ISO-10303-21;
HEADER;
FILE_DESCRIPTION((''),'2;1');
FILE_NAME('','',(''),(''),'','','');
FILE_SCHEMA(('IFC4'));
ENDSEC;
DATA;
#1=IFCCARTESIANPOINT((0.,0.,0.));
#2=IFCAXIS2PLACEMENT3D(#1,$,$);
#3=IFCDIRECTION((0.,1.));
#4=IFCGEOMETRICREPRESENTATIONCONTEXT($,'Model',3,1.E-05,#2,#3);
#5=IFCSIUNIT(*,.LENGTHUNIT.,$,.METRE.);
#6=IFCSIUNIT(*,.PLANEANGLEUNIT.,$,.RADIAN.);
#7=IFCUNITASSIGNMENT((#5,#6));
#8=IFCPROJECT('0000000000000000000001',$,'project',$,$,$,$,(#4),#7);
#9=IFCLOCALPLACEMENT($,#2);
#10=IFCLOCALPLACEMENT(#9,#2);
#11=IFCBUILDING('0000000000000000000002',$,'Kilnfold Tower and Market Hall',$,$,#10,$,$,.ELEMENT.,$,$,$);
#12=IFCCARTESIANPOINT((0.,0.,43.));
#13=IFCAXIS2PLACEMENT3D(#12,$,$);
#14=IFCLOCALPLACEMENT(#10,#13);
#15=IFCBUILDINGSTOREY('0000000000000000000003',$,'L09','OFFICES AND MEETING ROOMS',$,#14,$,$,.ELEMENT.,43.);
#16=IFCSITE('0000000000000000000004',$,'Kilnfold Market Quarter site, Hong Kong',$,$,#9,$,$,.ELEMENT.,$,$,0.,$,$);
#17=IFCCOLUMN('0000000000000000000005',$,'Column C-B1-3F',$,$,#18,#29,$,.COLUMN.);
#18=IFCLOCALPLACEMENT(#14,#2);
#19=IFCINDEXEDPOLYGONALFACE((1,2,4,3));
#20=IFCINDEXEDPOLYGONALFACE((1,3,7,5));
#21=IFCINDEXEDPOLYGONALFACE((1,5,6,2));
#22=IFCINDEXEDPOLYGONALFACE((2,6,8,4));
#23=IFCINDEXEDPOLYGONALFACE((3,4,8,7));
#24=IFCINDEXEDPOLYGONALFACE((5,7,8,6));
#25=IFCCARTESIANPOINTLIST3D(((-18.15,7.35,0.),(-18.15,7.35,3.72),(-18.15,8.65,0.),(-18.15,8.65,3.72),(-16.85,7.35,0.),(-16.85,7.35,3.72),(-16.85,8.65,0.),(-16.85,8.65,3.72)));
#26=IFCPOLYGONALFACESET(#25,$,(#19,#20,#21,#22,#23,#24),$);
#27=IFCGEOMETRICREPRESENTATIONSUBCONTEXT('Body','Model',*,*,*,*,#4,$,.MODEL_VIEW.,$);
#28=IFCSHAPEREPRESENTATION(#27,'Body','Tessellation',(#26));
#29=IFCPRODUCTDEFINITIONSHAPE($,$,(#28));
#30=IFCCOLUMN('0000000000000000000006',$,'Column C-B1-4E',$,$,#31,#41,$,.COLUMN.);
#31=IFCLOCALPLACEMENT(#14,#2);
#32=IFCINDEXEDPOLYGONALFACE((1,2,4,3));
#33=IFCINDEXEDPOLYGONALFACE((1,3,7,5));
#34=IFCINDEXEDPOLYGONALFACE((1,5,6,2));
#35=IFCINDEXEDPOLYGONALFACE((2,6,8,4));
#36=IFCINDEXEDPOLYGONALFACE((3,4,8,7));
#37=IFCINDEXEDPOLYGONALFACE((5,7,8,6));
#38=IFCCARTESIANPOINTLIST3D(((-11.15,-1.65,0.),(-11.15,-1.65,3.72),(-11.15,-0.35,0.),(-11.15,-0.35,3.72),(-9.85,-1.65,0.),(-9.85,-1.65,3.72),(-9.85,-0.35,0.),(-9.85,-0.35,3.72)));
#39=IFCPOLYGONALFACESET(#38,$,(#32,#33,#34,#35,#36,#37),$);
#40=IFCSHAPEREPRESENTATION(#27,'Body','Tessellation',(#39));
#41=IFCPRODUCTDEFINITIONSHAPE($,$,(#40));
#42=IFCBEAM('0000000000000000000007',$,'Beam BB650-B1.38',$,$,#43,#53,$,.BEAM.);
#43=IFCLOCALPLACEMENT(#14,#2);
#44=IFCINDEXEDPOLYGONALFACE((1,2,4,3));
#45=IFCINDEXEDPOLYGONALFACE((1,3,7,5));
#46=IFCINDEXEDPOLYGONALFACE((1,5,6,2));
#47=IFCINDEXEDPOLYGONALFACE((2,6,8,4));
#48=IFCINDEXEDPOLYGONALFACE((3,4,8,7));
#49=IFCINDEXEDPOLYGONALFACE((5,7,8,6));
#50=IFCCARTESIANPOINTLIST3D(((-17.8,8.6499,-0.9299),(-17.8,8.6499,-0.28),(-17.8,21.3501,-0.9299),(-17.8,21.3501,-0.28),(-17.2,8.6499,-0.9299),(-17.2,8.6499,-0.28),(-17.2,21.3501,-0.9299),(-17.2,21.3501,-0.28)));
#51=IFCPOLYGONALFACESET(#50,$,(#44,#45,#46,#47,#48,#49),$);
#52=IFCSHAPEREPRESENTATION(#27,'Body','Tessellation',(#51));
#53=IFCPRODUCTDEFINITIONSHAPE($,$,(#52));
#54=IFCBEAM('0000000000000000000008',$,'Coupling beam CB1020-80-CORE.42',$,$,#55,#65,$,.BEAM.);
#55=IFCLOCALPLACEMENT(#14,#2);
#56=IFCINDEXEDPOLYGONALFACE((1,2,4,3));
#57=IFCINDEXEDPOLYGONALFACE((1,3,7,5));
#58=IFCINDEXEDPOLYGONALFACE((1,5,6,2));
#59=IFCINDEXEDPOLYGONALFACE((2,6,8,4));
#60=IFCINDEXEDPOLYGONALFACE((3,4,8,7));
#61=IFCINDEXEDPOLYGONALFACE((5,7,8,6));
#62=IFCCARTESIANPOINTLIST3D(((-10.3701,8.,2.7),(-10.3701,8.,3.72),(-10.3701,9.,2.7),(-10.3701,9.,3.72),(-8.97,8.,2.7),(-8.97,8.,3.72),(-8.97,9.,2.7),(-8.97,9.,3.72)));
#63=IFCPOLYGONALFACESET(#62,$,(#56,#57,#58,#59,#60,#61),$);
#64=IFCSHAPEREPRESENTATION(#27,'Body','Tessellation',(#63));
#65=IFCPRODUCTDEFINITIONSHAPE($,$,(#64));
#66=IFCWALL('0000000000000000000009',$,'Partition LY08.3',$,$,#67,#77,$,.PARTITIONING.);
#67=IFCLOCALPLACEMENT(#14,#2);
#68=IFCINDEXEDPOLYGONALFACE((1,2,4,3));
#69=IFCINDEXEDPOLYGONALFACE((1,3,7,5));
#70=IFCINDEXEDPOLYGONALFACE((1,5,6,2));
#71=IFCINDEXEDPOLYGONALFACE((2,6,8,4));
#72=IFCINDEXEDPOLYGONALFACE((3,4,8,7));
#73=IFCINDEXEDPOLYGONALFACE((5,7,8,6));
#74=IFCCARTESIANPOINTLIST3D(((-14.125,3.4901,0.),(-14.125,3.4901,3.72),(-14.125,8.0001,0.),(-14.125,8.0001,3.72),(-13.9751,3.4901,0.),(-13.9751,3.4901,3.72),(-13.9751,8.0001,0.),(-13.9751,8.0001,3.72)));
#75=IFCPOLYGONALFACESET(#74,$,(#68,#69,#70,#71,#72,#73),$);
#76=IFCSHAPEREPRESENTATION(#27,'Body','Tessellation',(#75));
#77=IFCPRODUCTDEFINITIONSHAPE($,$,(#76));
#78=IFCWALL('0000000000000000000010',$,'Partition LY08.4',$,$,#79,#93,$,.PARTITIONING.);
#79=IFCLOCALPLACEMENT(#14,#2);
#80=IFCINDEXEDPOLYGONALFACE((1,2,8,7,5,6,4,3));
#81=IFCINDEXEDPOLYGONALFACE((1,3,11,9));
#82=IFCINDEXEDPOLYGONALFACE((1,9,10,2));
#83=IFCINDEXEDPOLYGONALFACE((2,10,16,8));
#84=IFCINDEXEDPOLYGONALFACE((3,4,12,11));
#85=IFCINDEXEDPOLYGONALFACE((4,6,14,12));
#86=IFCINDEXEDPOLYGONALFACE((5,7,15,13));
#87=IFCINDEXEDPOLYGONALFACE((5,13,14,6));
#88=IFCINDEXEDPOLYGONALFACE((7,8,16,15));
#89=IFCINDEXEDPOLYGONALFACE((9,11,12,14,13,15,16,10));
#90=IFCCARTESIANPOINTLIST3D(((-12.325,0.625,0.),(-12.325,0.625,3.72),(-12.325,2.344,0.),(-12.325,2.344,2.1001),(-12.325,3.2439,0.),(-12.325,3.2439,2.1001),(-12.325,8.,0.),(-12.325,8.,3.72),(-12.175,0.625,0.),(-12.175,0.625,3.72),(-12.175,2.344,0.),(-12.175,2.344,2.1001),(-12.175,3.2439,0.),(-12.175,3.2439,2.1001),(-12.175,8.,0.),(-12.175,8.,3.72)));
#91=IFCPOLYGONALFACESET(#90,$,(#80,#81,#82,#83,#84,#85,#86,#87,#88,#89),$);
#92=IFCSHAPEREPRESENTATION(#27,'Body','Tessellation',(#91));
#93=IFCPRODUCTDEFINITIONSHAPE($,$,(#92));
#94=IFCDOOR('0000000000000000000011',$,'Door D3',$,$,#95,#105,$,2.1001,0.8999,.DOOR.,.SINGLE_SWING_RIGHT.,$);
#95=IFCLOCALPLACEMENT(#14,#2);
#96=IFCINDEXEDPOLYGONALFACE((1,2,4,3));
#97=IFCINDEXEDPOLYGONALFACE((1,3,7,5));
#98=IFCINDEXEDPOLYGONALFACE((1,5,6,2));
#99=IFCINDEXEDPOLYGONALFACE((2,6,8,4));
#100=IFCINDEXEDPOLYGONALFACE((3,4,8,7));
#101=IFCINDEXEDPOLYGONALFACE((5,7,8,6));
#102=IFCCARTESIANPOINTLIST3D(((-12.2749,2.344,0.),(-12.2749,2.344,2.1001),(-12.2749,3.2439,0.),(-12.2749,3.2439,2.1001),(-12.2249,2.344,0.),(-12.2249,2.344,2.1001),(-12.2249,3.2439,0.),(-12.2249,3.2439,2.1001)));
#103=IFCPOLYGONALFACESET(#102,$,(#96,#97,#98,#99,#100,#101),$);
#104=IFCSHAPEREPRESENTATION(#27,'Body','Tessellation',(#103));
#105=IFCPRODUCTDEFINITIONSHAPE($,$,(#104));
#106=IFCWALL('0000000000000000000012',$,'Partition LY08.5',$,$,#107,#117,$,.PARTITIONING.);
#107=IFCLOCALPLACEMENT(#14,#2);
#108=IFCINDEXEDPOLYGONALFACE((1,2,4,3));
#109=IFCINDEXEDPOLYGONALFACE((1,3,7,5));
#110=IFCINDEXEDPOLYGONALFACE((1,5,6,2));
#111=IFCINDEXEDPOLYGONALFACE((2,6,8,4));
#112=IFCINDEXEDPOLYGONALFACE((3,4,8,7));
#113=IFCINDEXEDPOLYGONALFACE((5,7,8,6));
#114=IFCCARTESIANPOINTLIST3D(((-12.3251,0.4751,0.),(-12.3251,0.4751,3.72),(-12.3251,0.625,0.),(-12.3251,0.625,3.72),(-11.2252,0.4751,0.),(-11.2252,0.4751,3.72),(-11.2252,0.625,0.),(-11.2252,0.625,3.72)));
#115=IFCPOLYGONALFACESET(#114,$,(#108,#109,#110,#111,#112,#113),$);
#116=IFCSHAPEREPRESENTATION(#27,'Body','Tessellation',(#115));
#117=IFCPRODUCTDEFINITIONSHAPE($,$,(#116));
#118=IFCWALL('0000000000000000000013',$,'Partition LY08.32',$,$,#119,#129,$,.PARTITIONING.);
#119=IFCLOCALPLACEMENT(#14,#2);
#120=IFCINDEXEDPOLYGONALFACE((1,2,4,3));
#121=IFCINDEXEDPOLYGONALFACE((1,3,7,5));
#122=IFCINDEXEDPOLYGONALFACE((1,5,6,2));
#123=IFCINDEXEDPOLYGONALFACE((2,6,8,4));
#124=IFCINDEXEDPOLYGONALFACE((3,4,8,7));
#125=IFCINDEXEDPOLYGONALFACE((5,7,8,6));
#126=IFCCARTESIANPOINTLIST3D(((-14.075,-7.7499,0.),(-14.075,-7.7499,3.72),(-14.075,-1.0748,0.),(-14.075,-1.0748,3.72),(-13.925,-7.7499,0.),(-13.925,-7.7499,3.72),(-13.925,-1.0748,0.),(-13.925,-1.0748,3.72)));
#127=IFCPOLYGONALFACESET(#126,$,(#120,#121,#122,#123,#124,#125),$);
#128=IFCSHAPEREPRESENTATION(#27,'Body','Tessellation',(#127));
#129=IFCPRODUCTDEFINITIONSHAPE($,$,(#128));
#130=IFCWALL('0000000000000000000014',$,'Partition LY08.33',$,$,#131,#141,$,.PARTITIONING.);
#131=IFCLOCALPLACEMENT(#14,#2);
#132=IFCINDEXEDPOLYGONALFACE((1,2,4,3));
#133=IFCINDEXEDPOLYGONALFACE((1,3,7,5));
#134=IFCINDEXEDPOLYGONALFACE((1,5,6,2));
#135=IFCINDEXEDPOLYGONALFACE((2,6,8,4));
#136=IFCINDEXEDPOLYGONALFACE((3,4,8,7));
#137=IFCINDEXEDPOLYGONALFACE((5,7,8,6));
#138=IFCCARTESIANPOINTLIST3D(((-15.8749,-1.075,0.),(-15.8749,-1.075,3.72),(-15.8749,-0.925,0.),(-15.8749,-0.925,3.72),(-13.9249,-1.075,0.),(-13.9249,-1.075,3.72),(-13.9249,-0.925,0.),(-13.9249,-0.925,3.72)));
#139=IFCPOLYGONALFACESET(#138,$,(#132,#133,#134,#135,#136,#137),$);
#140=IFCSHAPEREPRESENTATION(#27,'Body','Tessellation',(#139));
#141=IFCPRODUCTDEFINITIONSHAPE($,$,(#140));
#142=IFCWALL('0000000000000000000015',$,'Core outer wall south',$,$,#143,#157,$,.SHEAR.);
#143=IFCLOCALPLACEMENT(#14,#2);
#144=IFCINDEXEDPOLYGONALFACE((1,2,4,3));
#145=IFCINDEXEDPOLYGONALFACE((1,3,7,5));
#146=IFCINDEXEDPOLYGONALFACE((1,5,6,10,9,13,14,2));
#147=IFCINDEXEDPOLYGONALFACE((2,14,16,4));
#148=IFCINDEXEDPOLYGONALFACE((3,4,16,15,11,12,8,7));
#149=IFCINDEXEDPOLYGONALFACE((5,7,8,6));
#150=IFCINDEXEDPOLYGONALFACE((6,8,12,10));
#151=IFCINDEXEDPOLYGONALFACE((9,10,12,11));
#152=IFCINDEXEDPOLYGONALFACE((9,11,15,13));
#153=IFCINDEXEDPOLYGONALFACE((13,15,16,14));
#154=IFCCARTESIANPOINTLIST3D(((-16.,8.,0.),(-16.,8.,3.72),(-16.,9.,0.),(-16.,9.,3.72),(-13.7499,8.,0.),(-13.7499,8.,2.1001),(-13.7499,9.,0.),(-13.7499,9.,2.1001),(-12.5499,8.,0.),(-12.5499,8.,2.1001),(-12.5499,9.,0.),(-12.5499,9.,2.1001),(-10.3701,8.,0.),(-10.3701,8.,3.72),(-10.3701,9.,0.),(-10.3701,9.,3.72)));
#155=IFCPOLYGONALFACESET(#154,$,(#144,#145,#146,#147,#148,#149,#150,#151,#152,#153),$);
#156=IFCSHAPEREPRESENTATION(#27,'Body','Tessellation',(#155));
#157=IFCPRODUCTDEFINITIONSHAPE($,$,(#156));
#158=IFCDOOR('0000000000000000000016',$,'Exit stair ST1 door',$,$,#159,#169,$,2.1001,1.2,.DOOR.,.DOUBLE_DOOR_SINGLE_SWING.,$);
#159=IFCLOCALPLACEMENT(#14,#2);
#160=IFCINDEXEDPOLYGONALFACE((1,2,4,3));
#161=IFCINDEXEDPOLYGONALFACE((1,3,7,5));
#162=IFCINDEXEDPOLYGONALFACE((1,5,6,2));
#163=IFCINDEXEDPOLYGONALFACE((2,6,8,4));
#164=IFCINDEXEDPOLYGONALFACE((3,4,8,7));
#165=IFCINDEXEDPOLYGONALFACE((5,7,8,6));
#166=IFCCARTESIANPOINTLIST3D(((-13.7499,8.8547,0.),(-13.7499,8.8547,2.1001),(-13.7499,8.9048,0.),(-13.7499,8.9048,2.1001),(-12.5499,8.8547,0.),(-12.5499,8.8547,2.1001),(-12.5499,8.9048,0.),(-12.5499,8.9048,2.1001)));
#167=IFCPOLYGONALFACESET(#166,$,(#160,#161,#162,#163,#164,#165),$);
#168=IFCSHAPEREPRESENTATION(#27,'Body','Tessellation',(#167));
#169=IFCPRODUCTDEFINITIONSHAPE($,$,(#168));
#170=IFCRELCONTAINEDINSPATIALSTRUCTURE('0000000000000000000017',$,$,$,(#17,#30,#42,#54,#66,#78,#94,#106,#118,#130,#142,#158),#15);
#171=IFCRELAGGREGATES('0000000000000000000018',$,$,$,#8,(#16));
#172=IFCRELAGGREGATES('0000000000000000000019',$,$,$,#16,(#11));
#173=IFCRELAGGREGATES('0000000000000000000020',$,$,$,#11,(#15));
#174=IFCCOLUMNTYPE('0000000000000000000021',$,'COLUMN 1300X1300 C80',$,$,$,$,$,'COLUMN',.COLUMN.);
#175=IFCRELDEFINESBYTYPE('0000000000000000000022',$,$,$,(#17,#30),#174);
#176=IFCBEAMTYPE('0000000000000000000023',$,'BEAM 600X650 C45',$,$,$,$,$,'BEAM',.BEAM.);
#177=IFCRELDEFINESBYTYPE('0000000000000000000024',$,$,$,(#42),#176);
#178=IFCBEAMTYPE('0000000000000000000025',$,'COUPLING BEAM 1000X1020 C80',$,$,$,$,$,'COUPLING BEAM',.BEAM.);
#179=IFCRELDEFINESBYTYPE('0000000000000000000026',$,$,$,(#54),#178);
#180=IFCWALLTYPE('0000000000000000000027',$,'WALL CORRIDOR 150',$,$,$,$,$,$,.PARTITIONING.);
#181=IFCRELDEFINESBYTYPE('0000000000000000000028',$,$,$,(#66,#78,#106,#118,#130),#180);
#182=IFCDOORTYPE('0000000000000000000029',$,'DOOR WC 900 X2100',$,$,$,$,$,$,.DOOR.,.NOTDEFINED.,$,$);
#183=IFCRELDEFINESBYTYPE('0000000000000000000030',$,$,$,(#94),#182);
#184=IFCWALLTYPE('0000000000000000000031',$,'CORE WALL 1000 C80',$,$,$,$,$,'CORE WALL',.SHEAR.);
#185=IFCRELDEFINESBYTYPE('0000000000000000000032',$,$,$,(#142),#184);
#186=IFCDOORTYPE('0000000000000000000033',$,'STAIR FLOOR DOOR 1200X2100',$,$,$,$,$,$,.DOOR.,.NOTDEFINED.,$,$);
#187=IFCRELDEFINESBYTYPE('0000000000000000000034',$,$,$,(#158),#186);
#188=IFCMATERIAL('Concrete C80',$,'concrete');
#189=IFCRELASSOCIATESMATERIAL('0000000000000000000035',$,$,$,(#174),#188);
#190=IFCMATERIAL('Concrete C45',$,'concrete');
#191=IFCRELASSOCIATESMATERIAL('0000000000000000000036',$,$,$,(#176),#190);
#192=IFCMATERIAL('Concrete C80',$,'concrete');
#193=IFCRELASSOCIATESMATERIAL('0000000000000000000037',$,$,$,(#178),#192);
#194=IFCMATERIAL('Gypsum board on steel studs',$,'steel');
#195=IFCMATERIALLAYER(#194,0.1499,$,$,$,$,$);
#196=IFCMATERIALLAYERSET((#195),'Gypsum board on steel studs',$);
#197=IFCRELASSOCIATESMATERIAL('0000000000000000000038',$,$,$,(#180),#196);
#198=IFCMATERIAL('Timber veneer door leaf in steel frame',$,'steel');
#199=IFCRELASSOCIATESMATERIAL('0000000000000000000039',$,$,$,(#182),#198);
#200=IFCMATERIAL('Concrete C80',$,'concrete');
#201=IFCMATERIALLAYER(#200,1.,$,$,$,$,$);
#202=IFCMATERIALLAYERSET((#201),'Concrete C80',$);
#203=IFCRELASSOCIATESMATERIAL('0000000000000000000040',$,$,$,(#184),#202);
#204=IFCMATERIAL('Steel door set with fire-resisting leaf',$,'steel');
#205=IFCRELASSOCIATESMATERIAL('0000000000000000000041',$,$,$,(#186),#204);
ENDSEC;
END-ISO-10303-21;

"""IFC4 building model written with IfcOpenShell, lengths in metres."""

from ifc_helpers import new_model, si_unit, direction, frame, frame_2d, origin, origin_2d, place, context, subcontext, project, spatial, rectangle, extrude, source, transform, mapped, material, layer, layer_set, material_profile, profile_set, type_object, element, fill, save


model = new_model("IFC4")

# Units and contexts
model_context = context("Model", 3, precision=1e-05, world=origin(), true_north=direction((0.0, 1.0)))
body_context = subcontext(model_context, "Body", "Model", "MODEL_VIEW")
ifc_project = project(units=[si_unit("LENGTHUNIT", "METRE"), si_unit("PLANEANGLEUNIT", "RADIAN")], contexts=[model_context])

# Site, building, storey
site_placement = place(None, origin())
site = spatial("IfcSite", under=ifc_project, at=site_placement, Name="Kilnfold Market Quarter site, Hong Kong", CompositionType="ELEMENT", RefElevation=0.0)
building_placement = place(site_placement, origin())
building = spatial("IfcBuilding", under=site, at=building_placement, Name="Kilnfold Tower and Market Hall", CompositionType="ELEMENT")
storey_placement = place(building_placement, frame((0.0, 0.0, 43.0)))
storey = spatial("IfcBuildingStorey", under=building, at=storey_placement, Name="L09", Description="OFFICES AND MEETING ROOMS", CompositionType="ELEMENT", Elevation=43.0)

# Columns
ifc_material_1 = material(Name="Concrete C80", Category="concrete")
ifc_material_profile_1 = material_profile(ifc_material_1, rectangle(XDim=1.3, YDim=1.3, at=origin_2d()), Name="RC 1300x1300")
ifc_profile_set_1 = profile_set([ifc_material_profile_1], Name="Concrete C80")
column_type = type_object("IfcColumnType", Name="COLUMN 1300X1300 C80", ElementType="COLUMN", PredefinedType="COLUMN", material=ifc_profile_set_1)
shared_shape_1 = source(origin(), body_context, "Body", "SweptSolid", [
    extrude(rectangle(XDim=1.3, YDim=1.3, at=origin_2d()), origin(), (0.0, 0.0, 1.0), 3.72),
])
for number, where, z_axis, x_axis, name in (
    (1, (-17.5, 8.0, 0.0), (0.0, 0.0, 1.0), (1.0, 0.0, 0.0), "Column C-B1-3F"),
    (2, (-10.5, -1.0, 0.0), (0.0, 0.0, 1.0), (1.0, 0.0, 0.0), "Column C-B1-4E"),
):
    element("IfcColumn", number, at=place(storey_placement, frame(where, z_axis=z_axis, x_axis=x_axis)), inside=storey, type_object=column_type, Name=name, PredefinedType="COLUMN", context=body_context, shape_type="MappedRepresentation", body=[
        mapped(shared_shape_1, transform((0.0, 0.0, 0.0))),
    ])

# Beams
ifc_material_2 = material(Name="Concrete C45", Category="concrete")
ifc_material_profile_2 = material_profile(ifc_material_2, rectangle(XDim=0.6001, YDim=0.6499, at=origin_2d()), Name="RC 600x650")
ifc_profile_set_2 = profile_set([ifc_material_profile_2], Name="Concrete C45")
beam_type_1 = type_object("IfcBeamType", Name="BEAM 600X650 C45", ElementType="BEAM", PredefinedType="BEAM", material=ifc_profile_set_2)
shared_shape_2 = source(origin(), body_context, "Body", "SweptSolid", [
    extrude(rectangle(XDim=0.6001, YDim=0.6499, at=origin_2d()), origin(), (0.0, 0.0, 1.0), 12.7002),
])
beam_1_placement = place(storey_placement, frame((-17.5, 8.6499, -0.605), z_axis=(0.0, 1.0, 0.0), x_axis=(-1.0, 0.0, 0.0)))
element("IfcBeam", 3, at=beam_1_placement, inside=storey, type_object=beam_type_1, Name="Beam BB650-B1.38", PredefinedType="BEAM", context=body_context, shape_type="MappedRepresentation", body=[
    mapped(shared_shape_2, transform((0.0, 0.0, 0.0))),
])
ifc_material_3 = material(Name="Concrete C80", Category="concrete")
ifc_material_profile_3 = material_profile(ifc_material_3, rectangle(XDim=1.0, YDim=1.02, at=origin_2d()), Name="RC 1000x1020")
ifc_profile_set_3 = profile_set([ifc_material_profile_3], Name="Concrete C80")
beam_type_2 = type_object("IfcBeamType", Name="COUPLING BEAM 1000X1020 C80", ElementType="COUPLING BEAM", PredefinedType="BEAM", material=ifc_profile_set_3)
shared_shape_3 = source(origin(), body_context, "Body", "SweptSolid", [
    extrude(rectangle(XDim=1.0, YDim=1.02, at=origin_2d()), origin(), (0.0, 0.0, 1.0), 1.4001),
])
beam_2_placement = place(storey_placement, frame((-10.3701, 8.5, 3.21), z_axis=(1.0, 0.0, 0.0), x_axis=(0.0, 1.0, 0.0)))
element("IfcBeam", 4, at=beam_2_placement, inside=storey, type_object=beam_type_2, Name="Coupling beam CB1020-80-CORE.42", PredefinedType="BEAM", context=body_context, shape_type="MappedRepresentation", body=[
    mapped(shared_shape_3, transform((0.0, 0.0, 0.0))),
])

# Wall
ifc_material_4 = material(Name="Gypsum board on steel studs", Category="steel")
ifc_layer_1 = layer(ifc_material_4, 0.1499)
ifc_layer_set_1 = layer_set([ifc_layer_1], Name="Gypsum board on steel studs")
wall_type_1 = type_object("IfcWallType", Name="WALL CORRIDOR 150", PredefinedType="PARTITIONING", material=ifc_layer_set_1)
wall_1_placement = place(storey_placement, frame((-14.05, 8.0, 0.0), z_axis=(0.0, 0.0, 1.0), x_axis=(0.0, -1.0, 0.0)))
element("IfcWall", 5, at=wall_1_placement, inside=storey, type_object=wall_type_1, Name="Partition LY08.3", PredefinedType="PARTITIONING", context=body_context, shape_type="SweptSolid", body=[
    extrude(rectangle(XDim=4.51, YDim=0.1499, at=frame_2d((2.2549, 0.0))), origin(), (0.0, 0.0, 1.0), 3.72),
])

# Wall, opening, door
wall_2_placement = place(storey_placement, frame((-12.25, 0.625, 0.0), z_axis=(0.0, 0.0, 1.0), x_axis=(0.0, 1.0, 0.0)))
wall_2 = element("IfcWall", 6, at=wall_2_placement, inside=storey, type_object=wall_type_1, Name="Partition LY08.4", PredefinedType="PARTITIONING", context=body_context, shape_type="SweptSolid", body=[
    extrude(rectangle(XDim=7.375, YDim=0.1499, at=frame_2d((3.6875, 0.0))), origin(), (0.0, 0.0, 1.0), 3.72),
])
opening_1_placement = place(wall_2_placement, frame((1.719, 0.0, 0.0)))
opening_1 = element("IfcOpeningElement", 7, at=opening_1_placement, cuts=wall_2, PredefinedType="OPENING", context=body_context, shape_type="SweptSolid", body=[
    extrude(rectangle(XDim=0.8999, YDim=2.1001, at=frame_2d((0.45, 1.05))), frame((0.0, 0.085, 0.0), z_axis=(0.0, -1.0, 0.0), x_axis=(1.0, 0.0, 0.0)), (0.0, 0.0, 1.0), 0.1699),
])
ifc_material_5 = material(Name="Timber veneer door leaf in steel frame", Category="steel")
door_type_1 = type_object("IfcDoorType", Name="DOOR WC 900 X2100", OperationType="NOTDEFINED", PredefinedType="DOOR", material=ifc_material_5)
door_1_placement = place(opening_1_placement, origin())
door_1 = element("IfcDoor", 8, at=door_1_placement, inside=storey, type_object=door_type_1, Name="Door D3", OperationType="SINGLE_SWING_RIGHT", OverallHeight=2.1001, OverallWidth=0.8999, PredefinedType="DOOR", context=body_context, shape_type="SweptSolid", body=[
    extrude(rectangle(XDim=0.8999, YDim=2.1001, at=frame_2d((0.45, 1.05))), frame((0.0, 0.0249, 0.0), z_axis=(0.0, -1.0, 0.0), x_axis=(1.0, 0.0, 0.0)), (0.0, 0.0, 1.0), 0.05),
])
fill(opening_1, door_1)

# Walls
wall_3_placement = place(storey_placement, frame((-12.325, 0.55, 0.0), z_axis=(0.0, 0.0, 1.0), x_axis=(1.0, 0.0, 0.0)))
element("IfcWall", 9, at=wall_3_placement, inside=storey, type_object=wall_type_1, Name="Partition LY08.5", PredefinedType="PARTITIONING", context=body_context, shape_type="SweptSolid", body=[
    extrude(rectangle(XDim=1.0999, YDim=0.1499, at=frame_2d((0.5498, 0.0))), origin(), (0.0, 0.0, 1.0), 3.72),
])
wall_4_placement = place(storey_placement, frame((-14.0, -1.075, 0.0), z_axis=(0.0, 0.0, 1.0), x_axis=(0.0, -1.0, 0.0)))
element("IfcWall", 10, at=wall_4_placement, inside=storey, type_object=wall_type_1, Name="Partition LY08.32", PredefinedType="PARTITIONING", context=body_context, shape_type="SweptSolid", body=[
    extrude(rectangle(XDim=6.675, YDim=0.1499, at=frame_2d((3.3374, 0.0))), origin(), (0.0, 0.0, 1.0), 3.72),
])
wall_5_placement = place(storey_placement, frame((-15.875, -1.0, 0.0), z_axis=(0.0, 0.0, 1.0), x_axis=(1.0, 0.0, 0.0)))
element("IfcWall", 11, at=wall_5_placement, inside=storey, type_object=wall_type_1, Name="Partition LY08.33", PredefinedType="PARTITIONING", context=body_context, shape_type="SweptSolid", body=[
    extrude(rectangle(XDim=1.95, YDim=0.1499, at=frame_2d((0.9751, 0.0))), origin(), (0.0, 0.0, 1.0), 3.72),
])

# Wall, opening, door
ifc_material_6 = material(Name="Concrete C80", Category="concrete")
ifc_layer_2 = layer(ifc_material_6, 1.0)
ifc_layer_set_2 = layer_set([ifc_layer_2], Name="Concrete C80")
wall_type_2 = type_object("IfcWallType", Name="CORE WALL 1000 C80", ElementType="CORE WALL", PredefinedType="SHEAR", material=ifc_layer_set_2)
shared_shape_4 = source(origin(), body_context, "Body", "SweptSolid", [
    extrude(rectangle(XDim=5.6299, YDim=1.0, at=frame_2d((2.8149, 0.0))), origin(), (0.0, 0.0, 1.0), 3.72),
])
wall_6_placement = place(storey_placement, frame((-16.0, 8.5, 0.0), z_axis=(0.0, 0.0, 1.0), x_axis=(1.0, 0.0, 0.0)))
wall_6 = element("IfcWall", 12, at=wall_6_placement, inside=storey, type_object=wall_type_2, Name="Core outer wall south", PredefinedType="SHEAR", context=body_context, shape_type="MappedRepresentation", body=[
    mapped(shared_shape_4, transform((0.0, 0.0, 0.0))),
])
opening_2_placement = place(wall_6_placement, frame((2.25, 0.0, 0.0)))
opening_2 = element("IfcOpeningElement", 13, at=opening_2_placement, cuts=wall_6, PredefinedType="OPENING", context=body_context, shape_type="SweptSolid", body=[
    extrude(rectangle(XDim=1.2, YDim=2.1001, at=frame_2d((0.6001, 1.05))), frame((0.0, 0.51, 0.0), z_axis=(0.0, -1.0, 0.0), x_axis=(1.0, 0.0, 0.0)), (0.0, 0.0, 1.0), 1.02),
])
ifc_material_7 = material(Name="Steel door set with fire-resisting leaf", Category="steel")
door_type_2 = type_object("IfcDoorType", Name="STAIR FLOOR DOOR 1200X2100", OperationType="NOTDEFINED", PredefinedType="DOOR", material=ifc_material_7)
door_2_placement = place(opening_2_placement, origin())
door_2 = element("IfcDoor", 14, at=door_2_placement, inside=storey, type_object=door_type_2, Name="Exit stair ST1 door", OperationType="DOUBLE_DOOR_SINGLE_SWING", OverallHeight=2.1001, OverallWidth=1.2, PredefinedType="DOOR", context=body_context, shape_type="SweptSolid", body=[
    extrude(rectangle(XDim=1.2, YDim=2.1001, at=frame_2d((0.6001, 1.05))), frame((0.0, 0.4048, 0.0), z_axis=(0.0, -1.0, 0.0), x_axis=(1.0, 0.0, 0.0)), (0.0, 0.0, 1.0), 0.05),
])
fill(opening_2, door_2)

save(model, "model.ifc")
